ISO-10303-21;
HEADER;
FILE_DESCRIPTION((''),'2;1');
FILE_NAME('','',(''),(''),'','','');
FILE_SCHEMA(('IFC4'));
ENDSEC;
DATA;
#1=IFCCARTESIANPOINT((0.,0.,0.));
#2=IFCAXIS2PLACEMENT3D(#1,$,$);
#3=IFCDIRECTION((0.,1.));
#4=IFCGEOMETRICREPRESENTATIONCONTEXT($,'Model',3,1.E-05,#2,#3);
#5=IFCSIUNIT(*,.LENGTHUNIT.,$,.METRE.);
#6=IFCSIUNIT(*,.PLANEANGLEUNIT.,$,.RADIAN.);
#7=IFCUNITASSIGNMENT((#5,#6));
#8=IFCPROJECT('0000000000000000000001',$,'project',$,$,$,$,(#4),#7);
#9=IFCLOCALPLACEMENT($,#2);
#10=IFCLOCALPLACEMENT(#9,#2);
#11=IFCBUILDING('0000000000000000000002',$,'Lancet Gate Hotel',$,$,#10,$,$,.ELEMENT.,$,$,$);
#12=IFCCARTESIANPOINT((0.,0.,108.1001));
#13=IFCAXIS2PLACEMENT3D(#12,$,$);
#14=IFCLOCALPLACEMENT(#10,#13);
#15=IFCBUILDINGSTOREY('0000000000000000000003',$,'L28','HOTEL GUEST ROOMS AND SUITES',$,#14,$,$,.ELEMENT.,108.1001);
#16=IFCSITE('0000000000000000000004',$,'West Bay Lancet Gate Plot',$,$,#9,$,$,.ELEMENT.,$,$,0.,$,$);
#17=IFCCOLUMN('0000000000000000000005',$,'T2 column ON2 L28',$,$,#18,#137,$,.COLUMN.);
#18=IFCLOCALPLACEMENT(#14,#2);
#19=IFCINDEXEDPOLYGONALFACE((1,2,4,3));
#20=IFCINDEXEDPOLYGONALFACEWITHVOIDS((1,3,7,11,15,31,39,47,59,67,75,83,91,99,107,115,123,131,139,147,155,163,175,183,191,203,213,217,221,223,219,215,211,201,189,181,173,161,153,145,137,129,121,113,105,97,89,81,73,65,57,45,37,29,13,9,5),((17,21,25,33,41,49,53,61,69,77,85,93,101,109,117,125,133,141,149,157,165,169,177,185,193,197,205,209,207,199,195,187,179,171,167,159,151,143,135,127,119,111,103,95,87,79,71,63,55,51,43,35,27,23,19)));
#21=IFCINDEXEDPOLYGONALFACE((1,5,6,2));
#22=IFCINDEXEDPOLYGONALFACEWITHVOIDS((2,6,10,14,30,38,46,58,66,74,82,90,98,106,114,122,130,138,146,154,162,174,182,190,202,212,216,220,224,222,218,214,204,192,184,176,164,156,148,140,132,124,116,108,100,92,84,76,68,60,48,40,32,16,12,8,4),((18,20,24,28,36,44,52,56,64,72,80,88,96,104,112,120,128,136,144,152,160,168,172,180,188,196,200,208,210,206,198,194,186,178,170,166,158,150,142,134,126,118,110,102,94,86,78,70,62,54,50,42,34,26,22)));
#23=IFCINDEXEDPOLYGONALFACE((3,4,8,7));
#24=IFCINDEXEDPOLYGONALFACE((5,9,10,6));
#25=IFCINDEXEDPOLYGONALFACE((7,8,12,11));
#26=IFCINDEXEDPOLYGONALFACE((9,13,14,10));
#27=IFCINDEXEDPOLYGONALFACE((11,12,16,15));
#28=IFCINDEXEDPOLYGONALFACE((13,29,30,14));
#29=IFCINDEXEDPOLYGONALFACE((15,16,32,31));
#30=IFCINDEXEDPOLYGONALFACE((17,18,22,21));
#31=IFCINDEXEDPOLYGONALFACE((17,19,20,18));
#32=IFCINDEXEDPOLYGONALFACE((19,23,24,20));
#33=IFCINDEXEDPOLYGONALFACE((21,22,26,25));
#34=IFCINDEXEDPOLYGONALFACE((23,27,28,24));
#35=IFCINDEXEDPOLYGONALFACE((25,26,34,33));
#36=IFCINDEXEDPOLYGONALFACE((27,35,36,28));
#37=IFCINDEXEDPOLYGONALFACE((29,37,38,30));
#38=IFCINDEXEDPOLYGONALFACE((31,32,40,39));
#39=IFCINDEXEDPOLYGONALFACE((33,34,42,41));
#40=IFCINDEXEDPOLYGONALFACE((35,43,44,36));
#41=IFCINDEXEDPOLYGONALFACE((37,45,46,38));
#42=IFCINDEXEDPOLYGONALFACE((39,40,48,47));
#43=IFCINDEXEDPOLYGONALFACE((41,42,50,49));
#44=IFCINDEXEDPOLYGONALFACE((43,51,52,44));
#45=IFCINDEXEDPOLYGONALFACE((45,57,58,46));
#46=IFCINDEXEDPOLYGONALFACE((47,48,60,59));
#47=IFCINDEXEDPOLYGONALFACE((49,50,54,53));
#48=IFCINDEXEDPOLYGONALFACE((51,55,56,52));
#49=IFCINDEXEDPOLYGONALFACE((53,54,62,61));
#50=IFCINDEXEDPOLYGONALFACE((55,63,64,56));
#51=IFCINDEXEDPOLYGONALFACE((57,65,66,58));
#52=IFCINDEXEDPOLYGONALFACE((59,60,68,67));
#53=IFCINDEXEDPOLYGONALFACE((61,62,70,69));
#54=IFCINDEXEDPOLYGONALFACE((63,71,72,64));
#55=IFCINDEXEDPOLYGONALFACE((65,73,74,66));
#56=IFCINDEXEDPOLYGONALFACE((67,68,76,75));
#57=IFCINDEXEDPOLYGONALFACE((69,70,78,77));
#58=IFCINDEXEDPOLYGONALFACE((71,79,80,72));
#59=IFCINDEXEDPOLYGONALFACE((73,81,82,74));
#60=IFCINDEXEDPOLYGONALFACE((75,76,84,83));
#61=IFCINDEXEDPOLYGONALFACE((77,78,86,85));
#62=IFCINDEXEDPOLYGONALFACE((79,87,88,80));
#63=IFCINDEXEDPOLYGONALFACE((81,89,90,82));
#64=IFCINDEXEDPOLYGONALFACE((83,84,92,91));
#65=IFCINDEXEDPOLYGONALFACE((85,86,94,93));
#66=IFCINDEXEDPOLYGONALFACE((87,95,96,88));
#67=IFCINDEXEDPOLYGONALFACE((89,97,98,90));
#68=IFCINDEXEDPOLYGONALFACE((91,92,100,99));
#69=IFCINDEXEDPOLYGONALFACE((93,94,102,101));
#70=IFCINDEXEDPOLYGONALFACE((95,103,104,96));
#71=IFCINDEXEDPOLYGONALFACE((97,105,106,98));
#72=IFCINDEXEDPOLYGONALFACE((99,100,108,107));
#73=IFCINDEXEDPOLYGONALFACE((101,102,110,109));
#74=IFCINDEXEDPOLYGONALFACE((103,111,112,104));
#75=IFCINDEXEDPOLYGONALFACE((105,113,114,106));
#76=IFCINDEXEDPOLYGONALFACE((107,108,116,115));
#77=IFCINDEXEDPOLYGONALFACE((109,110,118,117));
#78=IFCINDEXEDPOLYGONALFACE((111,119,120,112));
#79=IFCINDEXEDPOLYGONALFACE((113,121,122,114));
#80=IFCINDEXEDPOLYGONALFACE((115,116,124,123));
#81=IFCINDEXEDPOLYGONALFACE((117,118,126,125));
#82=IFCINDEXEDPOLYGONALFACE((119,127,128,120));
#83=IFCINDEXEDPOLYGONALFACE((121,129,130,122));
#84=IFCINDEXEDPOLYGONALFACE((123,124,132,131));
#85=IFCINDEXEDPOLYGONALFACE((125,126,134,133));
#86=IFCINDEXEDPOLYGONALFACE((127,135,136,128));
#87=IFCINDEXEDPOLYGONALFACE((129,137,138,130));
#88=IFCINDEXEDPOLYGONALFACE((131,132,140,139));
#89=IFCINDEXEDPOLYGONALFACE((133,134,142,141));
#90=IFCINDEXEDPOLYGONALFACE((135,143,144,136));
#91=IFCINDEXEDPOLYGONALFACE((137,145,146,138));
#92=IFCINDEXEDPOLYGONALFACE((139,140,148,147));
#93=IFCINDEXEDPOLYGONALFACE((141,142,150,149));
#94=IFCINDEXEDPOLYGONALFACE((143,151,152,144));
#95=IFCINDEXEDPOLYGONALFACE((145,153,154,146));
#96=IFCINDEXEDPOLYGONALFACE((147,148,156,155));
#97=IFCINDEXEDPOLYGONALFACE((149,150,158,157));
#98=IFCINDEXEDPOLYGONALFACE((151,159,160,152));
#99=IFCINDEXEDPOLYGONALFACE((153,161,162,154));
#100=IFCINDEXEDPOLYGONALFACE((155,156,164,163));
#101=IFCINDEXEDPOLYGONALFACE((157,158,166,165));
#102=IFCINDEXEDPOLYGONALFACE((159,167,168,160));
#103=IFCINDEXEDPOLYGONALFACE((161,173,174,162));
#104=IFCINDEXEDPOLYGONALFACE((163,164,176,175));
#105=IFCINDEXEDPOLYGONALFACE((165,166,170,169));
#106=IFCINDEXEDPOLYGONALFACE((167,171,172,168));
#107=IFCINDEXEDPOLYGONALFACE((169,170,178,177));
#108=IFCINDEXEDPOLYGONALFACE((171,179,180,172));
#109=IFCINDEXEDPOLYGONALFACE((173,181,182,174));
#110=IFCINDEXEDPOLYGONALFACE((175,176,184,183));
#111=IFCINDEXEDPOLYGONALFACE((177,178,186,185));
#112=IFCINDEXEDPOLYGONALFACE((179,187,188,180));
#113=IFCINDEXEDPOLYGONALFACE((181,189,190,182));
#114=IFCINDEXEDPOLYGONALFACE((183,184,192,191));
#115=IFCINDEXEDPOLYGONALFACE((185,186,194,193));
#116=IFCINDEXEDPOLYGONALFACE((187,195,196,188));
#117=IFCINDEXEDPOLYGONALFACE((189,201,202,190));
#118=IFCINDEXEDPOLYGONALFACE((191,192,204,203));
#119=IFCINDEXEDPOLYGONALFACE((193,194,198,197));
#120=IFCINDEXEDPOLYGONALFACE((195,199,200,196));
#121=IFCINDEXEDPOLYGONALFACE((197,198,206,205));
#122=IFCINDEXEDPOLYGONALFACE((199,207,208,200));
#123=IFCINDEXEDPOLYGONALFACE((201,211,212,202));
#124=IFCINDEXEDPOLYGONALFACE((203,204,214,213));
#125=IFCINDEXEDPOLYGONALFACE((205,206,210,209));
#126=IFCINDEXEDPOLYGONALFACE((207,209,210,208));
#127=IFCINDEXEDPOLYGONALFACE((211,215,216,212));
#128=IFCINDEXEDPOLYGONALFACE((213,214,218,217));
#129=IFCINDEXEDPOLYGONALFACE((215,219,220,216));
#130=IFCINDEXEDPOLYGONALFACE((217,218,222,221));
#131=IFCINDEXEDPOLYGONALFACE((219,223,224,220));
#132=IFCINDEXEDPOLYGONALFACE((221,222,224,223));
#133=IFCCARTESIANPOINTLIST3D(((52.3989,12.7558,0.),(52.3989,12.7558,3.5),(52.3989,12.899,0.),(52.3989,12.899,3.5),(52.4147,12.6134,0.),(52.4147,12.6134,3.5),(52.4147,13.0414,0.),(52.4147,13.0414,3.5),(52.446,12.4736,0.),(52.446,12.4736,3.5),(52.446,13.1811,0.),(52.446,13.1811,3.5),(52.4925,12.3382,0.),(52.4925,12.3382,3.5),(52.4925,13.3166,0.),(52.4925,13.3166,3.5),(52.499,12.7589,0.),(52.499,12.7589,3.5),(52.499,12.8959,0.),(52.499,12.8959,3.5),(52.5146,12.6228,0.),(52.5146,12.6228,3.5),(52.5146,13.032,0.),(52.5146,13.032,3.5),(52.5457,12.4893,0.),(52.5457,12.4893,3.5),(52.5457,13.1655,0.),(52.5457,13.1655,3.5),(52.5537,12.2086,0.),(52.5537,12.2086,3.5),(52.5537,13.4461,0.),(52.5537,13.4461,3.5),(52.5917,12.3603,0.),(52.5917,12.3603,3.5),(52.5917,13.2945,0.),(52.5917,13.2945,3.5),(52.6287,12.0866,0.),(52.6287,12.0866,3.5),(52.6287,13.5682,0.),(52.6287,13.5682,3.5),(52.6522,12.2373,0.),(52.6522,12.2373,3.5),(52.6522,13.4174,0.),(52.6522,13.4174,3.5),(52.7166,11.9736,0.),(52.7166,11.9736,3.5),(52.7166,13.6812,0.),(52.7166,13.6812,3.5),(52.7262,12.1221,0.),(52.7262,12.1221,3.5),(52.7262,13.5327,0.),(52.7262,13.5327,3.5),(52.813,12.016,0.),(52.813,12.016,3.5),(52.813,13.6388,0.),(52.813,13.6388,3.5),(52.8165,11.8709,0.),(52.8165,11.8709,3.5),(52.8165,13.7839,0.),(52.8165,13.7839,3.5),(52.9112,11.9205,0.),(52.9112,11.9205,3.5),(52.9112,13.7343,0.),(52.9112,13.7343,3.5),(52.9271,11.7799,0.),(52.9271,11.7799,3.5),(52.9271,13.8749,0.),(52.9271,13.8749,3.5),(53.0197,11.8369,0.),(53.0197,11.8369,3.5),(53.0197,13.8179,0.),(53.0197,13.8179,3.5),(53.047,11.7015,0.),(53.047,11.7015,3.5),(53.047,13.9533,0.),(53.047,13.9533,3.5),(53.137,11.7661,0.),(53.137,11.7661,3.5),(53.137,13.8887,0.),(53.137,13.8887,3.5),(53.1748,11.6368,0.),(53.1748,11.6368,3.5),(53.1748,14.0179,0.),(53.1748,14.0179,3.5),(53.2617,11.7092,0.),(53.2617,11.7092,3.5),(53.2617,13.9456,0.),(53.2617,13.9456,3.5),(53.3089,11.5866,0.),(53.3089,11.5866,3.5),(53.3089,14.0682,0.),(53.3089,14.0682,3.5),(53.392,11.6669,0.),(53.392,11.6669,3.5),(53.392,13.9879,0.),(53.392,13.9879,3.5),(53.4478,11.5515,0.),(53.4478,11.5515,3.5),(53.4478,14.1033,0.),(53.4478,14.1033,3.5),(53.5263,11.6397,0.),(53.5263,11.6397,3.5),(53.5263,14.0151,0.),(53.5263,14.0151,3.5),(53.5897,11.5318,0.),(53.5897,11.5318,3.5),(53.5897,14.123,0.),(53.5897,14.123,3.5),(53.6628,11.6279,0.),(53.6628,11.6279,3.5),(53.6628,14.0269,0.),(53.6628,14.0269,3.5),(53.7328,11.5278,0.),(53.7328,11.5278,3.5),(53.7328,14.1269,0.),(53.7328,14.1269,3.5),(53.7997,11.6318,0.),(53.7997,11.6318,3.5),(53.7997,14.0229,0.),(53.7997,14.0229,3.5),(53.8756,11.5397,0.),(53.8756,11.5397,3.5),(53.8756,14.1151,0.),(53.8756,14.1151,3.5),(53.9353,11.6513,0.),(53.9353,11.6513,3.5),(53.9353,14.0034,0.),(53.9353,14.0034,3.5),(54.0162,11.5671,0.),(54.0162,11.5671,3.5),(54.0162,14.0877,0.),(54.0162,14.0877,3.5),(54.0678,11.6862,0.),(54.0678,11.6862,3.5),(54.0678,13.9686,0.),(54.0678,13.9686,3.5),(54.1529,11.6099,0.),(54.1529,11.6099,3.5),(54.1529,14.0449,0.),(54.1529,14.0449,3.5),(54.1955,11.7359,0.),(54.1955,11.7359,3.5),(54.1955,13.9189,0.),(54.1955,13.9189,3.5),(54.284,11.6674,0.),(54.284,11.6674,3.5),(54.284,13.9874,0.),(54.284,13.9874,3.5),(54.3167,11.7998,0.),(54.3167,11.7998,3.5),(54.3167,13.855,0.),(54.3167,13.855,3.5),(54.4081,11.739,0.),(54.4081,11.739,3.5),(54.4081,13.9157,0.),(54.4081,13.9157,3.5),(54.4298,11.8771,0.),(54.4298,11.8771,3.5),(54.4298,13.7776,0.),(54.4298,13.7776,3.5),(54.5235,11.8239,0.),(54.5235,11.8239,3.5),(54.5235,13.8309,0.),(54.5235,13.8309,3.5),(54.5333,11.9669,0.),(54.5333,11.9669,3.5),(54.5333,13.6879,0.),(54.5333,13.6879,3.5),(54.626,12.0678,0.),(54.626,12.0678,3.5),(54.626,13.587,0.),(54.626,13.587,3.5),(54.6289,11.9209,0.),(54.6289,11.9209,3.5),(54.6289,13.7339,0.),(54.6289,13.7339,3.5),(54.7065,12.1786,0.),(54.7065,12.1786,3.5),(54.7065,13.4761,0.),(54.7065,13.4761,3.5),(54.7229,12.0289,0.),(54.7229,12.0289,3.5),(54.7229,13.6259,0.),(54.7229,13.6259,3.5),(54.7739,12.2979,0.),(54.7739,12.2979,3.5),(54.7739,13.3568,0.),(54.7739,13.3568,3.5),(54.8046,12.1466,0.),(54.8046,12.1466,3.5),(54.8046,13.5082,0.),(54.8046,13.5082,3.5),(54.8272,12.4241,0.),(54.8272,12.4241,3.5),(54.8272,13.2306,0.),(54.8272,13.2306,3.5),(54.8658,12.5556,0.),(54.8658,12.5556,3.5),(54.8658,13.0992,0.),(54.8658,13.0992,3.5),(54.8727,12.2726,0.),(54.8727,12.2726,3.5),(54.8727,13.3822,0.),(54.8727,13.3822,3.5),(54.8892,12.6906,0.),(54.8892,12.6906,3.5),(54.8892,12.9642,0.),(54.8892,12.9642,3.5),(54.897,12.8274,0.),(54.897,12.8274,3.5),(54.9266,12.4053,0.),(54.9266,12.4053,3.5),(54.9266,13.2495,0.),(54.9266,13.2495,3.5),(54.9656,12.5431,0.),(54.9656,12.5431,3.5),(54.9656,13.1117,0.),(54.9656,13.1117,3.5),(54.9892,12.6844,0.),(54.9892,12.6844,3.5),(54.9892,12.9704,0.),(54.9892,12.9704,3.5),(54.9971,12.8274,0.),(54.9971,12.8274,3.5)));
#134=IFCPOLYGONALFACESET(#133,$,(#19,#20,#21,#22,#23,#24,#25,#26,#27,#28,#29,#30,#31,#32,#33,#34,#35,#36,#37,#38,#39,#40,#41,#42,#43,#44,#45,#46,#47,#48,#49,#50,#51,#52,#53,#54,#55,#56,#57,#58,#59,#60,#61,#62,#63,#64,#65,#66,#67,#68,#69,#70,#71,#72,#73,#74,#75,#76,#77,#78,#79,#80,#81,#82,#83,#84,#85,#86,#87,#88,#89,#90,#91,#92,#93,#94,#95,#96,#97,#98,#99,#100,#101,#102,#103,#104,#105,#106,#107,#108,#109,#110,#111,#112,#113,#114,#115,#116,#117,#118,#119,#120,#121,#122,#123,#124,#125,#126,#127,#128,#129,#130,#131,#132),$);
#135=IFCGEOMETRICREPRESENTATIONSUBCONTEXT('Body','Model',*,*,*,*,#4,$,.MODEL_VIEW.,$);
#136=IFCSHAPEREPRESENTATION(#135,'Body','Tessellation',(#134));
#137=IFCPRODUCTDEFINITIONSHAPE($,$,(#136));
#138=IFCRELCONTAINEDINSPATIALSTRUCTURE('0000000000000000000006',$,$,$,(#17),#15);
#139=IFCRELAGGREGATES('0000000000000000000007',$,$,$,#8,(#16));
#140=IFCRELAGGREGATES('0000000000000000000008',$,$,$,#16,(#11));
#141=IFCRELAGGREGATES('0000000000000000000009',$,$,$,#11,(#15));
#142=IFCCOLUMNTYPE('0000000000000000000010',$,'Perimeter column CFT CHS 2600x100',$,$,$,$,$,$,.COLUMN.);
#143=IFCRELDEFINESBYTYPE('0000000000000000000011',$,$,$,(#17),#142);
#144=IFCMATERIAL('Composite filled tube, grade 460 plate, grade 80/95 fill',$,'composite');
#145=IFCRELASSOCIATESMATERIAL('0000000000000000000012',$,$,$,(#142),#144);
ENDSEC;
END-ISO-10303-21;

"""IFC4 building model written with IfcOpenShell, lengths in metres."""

from ifc_helpers import new_model, si_unit, direction, frame, origin, origin_2d, place, context, subcontext, project, spatial, hollow_circle, extrude, material, material_profile, profile_set, type_object, element, save


model = new_model("IFC4")

# Units and contexts
model_context = context("Model", 3, precision=1e-05, world=origin(), true_north=direction((0.0, 1.0)))
body_context = subcontext(model_context, "Body", "Model", "MODEL_VIEW")
ifc_project = project(units=[si_unit("LENGTHUNIT", "METRE"), si_unit("PLANEANGLEUNIT", "RADIAN")], contexts=[model_context])

# Site, building, storey
site_placement = place(None, origin())
site = spatial("IfcSite", under=ifc_project, at=site_placement, Name="West Bay Lancet Gate Plot", CompositionType="ELEMENT", RefElevation=0.0)
building_placement = place(site_placement, origin())
building = spatial("IfcBuilding", under=site, at=building_placement, Name="Lancet Gate Hotel", CompositionType="ELEMENT")
storey_placement = place(building_placement, frame((0.0, 0.0, 108.1001)))
storey = spatial("IfcBuildingStorey", under=building, at=storey_placement, Name="L28", Description="HOTEL GUEST ROOMS AND SUITES", CompositionType="ELEMENT", Elevation=108.1001)

# Column
ifc_material_1 = material(Name="Composite filled tube, grade 460 plate, grade 80/95 fill", Category="composite")
ifc_material_profile_1 = material_profile(ifc_material_1, hollow_circle(Radius=1.3, WallThickness=0.1001, at=origin_2d()), Name="CHS 2600x100")
ifc_profile_set_1 = profile_set([ifc_material_profile_1], Name="Composite filled tube, grade 460 plate, grade 80/95 fill")
column_type = type_object("IfcColumnType", Name="Perimeter column CFT CHS 2600x100", PredefinedType="COLUMN", material=ifc_profile_set_1)
for number, where, z_axis, x_axis, name in (
    (1, (53.697, 12.8274, 0.0), (0.0, 0.0, 1.0), (1.0, 0.0, 0.0), "T2 column ON2 L28"),
):
    element("IfcColumn", number, at=place(storey_placement, frame(where, z_axis=z_axis, x_axis=x_axis)), inside=storey, type_object=column_type, Name=name, PredefinedType="COLUMN", context=body_context, shape_type="SweptSolid", body=[
        extrude(hollow_circle(Radius=1.3, WallThickness=0.1001, at=origin_2d()), origin(), (0.0, 0.0, 1.0), 3.5),
    ])

save(model, "model.ifc")
